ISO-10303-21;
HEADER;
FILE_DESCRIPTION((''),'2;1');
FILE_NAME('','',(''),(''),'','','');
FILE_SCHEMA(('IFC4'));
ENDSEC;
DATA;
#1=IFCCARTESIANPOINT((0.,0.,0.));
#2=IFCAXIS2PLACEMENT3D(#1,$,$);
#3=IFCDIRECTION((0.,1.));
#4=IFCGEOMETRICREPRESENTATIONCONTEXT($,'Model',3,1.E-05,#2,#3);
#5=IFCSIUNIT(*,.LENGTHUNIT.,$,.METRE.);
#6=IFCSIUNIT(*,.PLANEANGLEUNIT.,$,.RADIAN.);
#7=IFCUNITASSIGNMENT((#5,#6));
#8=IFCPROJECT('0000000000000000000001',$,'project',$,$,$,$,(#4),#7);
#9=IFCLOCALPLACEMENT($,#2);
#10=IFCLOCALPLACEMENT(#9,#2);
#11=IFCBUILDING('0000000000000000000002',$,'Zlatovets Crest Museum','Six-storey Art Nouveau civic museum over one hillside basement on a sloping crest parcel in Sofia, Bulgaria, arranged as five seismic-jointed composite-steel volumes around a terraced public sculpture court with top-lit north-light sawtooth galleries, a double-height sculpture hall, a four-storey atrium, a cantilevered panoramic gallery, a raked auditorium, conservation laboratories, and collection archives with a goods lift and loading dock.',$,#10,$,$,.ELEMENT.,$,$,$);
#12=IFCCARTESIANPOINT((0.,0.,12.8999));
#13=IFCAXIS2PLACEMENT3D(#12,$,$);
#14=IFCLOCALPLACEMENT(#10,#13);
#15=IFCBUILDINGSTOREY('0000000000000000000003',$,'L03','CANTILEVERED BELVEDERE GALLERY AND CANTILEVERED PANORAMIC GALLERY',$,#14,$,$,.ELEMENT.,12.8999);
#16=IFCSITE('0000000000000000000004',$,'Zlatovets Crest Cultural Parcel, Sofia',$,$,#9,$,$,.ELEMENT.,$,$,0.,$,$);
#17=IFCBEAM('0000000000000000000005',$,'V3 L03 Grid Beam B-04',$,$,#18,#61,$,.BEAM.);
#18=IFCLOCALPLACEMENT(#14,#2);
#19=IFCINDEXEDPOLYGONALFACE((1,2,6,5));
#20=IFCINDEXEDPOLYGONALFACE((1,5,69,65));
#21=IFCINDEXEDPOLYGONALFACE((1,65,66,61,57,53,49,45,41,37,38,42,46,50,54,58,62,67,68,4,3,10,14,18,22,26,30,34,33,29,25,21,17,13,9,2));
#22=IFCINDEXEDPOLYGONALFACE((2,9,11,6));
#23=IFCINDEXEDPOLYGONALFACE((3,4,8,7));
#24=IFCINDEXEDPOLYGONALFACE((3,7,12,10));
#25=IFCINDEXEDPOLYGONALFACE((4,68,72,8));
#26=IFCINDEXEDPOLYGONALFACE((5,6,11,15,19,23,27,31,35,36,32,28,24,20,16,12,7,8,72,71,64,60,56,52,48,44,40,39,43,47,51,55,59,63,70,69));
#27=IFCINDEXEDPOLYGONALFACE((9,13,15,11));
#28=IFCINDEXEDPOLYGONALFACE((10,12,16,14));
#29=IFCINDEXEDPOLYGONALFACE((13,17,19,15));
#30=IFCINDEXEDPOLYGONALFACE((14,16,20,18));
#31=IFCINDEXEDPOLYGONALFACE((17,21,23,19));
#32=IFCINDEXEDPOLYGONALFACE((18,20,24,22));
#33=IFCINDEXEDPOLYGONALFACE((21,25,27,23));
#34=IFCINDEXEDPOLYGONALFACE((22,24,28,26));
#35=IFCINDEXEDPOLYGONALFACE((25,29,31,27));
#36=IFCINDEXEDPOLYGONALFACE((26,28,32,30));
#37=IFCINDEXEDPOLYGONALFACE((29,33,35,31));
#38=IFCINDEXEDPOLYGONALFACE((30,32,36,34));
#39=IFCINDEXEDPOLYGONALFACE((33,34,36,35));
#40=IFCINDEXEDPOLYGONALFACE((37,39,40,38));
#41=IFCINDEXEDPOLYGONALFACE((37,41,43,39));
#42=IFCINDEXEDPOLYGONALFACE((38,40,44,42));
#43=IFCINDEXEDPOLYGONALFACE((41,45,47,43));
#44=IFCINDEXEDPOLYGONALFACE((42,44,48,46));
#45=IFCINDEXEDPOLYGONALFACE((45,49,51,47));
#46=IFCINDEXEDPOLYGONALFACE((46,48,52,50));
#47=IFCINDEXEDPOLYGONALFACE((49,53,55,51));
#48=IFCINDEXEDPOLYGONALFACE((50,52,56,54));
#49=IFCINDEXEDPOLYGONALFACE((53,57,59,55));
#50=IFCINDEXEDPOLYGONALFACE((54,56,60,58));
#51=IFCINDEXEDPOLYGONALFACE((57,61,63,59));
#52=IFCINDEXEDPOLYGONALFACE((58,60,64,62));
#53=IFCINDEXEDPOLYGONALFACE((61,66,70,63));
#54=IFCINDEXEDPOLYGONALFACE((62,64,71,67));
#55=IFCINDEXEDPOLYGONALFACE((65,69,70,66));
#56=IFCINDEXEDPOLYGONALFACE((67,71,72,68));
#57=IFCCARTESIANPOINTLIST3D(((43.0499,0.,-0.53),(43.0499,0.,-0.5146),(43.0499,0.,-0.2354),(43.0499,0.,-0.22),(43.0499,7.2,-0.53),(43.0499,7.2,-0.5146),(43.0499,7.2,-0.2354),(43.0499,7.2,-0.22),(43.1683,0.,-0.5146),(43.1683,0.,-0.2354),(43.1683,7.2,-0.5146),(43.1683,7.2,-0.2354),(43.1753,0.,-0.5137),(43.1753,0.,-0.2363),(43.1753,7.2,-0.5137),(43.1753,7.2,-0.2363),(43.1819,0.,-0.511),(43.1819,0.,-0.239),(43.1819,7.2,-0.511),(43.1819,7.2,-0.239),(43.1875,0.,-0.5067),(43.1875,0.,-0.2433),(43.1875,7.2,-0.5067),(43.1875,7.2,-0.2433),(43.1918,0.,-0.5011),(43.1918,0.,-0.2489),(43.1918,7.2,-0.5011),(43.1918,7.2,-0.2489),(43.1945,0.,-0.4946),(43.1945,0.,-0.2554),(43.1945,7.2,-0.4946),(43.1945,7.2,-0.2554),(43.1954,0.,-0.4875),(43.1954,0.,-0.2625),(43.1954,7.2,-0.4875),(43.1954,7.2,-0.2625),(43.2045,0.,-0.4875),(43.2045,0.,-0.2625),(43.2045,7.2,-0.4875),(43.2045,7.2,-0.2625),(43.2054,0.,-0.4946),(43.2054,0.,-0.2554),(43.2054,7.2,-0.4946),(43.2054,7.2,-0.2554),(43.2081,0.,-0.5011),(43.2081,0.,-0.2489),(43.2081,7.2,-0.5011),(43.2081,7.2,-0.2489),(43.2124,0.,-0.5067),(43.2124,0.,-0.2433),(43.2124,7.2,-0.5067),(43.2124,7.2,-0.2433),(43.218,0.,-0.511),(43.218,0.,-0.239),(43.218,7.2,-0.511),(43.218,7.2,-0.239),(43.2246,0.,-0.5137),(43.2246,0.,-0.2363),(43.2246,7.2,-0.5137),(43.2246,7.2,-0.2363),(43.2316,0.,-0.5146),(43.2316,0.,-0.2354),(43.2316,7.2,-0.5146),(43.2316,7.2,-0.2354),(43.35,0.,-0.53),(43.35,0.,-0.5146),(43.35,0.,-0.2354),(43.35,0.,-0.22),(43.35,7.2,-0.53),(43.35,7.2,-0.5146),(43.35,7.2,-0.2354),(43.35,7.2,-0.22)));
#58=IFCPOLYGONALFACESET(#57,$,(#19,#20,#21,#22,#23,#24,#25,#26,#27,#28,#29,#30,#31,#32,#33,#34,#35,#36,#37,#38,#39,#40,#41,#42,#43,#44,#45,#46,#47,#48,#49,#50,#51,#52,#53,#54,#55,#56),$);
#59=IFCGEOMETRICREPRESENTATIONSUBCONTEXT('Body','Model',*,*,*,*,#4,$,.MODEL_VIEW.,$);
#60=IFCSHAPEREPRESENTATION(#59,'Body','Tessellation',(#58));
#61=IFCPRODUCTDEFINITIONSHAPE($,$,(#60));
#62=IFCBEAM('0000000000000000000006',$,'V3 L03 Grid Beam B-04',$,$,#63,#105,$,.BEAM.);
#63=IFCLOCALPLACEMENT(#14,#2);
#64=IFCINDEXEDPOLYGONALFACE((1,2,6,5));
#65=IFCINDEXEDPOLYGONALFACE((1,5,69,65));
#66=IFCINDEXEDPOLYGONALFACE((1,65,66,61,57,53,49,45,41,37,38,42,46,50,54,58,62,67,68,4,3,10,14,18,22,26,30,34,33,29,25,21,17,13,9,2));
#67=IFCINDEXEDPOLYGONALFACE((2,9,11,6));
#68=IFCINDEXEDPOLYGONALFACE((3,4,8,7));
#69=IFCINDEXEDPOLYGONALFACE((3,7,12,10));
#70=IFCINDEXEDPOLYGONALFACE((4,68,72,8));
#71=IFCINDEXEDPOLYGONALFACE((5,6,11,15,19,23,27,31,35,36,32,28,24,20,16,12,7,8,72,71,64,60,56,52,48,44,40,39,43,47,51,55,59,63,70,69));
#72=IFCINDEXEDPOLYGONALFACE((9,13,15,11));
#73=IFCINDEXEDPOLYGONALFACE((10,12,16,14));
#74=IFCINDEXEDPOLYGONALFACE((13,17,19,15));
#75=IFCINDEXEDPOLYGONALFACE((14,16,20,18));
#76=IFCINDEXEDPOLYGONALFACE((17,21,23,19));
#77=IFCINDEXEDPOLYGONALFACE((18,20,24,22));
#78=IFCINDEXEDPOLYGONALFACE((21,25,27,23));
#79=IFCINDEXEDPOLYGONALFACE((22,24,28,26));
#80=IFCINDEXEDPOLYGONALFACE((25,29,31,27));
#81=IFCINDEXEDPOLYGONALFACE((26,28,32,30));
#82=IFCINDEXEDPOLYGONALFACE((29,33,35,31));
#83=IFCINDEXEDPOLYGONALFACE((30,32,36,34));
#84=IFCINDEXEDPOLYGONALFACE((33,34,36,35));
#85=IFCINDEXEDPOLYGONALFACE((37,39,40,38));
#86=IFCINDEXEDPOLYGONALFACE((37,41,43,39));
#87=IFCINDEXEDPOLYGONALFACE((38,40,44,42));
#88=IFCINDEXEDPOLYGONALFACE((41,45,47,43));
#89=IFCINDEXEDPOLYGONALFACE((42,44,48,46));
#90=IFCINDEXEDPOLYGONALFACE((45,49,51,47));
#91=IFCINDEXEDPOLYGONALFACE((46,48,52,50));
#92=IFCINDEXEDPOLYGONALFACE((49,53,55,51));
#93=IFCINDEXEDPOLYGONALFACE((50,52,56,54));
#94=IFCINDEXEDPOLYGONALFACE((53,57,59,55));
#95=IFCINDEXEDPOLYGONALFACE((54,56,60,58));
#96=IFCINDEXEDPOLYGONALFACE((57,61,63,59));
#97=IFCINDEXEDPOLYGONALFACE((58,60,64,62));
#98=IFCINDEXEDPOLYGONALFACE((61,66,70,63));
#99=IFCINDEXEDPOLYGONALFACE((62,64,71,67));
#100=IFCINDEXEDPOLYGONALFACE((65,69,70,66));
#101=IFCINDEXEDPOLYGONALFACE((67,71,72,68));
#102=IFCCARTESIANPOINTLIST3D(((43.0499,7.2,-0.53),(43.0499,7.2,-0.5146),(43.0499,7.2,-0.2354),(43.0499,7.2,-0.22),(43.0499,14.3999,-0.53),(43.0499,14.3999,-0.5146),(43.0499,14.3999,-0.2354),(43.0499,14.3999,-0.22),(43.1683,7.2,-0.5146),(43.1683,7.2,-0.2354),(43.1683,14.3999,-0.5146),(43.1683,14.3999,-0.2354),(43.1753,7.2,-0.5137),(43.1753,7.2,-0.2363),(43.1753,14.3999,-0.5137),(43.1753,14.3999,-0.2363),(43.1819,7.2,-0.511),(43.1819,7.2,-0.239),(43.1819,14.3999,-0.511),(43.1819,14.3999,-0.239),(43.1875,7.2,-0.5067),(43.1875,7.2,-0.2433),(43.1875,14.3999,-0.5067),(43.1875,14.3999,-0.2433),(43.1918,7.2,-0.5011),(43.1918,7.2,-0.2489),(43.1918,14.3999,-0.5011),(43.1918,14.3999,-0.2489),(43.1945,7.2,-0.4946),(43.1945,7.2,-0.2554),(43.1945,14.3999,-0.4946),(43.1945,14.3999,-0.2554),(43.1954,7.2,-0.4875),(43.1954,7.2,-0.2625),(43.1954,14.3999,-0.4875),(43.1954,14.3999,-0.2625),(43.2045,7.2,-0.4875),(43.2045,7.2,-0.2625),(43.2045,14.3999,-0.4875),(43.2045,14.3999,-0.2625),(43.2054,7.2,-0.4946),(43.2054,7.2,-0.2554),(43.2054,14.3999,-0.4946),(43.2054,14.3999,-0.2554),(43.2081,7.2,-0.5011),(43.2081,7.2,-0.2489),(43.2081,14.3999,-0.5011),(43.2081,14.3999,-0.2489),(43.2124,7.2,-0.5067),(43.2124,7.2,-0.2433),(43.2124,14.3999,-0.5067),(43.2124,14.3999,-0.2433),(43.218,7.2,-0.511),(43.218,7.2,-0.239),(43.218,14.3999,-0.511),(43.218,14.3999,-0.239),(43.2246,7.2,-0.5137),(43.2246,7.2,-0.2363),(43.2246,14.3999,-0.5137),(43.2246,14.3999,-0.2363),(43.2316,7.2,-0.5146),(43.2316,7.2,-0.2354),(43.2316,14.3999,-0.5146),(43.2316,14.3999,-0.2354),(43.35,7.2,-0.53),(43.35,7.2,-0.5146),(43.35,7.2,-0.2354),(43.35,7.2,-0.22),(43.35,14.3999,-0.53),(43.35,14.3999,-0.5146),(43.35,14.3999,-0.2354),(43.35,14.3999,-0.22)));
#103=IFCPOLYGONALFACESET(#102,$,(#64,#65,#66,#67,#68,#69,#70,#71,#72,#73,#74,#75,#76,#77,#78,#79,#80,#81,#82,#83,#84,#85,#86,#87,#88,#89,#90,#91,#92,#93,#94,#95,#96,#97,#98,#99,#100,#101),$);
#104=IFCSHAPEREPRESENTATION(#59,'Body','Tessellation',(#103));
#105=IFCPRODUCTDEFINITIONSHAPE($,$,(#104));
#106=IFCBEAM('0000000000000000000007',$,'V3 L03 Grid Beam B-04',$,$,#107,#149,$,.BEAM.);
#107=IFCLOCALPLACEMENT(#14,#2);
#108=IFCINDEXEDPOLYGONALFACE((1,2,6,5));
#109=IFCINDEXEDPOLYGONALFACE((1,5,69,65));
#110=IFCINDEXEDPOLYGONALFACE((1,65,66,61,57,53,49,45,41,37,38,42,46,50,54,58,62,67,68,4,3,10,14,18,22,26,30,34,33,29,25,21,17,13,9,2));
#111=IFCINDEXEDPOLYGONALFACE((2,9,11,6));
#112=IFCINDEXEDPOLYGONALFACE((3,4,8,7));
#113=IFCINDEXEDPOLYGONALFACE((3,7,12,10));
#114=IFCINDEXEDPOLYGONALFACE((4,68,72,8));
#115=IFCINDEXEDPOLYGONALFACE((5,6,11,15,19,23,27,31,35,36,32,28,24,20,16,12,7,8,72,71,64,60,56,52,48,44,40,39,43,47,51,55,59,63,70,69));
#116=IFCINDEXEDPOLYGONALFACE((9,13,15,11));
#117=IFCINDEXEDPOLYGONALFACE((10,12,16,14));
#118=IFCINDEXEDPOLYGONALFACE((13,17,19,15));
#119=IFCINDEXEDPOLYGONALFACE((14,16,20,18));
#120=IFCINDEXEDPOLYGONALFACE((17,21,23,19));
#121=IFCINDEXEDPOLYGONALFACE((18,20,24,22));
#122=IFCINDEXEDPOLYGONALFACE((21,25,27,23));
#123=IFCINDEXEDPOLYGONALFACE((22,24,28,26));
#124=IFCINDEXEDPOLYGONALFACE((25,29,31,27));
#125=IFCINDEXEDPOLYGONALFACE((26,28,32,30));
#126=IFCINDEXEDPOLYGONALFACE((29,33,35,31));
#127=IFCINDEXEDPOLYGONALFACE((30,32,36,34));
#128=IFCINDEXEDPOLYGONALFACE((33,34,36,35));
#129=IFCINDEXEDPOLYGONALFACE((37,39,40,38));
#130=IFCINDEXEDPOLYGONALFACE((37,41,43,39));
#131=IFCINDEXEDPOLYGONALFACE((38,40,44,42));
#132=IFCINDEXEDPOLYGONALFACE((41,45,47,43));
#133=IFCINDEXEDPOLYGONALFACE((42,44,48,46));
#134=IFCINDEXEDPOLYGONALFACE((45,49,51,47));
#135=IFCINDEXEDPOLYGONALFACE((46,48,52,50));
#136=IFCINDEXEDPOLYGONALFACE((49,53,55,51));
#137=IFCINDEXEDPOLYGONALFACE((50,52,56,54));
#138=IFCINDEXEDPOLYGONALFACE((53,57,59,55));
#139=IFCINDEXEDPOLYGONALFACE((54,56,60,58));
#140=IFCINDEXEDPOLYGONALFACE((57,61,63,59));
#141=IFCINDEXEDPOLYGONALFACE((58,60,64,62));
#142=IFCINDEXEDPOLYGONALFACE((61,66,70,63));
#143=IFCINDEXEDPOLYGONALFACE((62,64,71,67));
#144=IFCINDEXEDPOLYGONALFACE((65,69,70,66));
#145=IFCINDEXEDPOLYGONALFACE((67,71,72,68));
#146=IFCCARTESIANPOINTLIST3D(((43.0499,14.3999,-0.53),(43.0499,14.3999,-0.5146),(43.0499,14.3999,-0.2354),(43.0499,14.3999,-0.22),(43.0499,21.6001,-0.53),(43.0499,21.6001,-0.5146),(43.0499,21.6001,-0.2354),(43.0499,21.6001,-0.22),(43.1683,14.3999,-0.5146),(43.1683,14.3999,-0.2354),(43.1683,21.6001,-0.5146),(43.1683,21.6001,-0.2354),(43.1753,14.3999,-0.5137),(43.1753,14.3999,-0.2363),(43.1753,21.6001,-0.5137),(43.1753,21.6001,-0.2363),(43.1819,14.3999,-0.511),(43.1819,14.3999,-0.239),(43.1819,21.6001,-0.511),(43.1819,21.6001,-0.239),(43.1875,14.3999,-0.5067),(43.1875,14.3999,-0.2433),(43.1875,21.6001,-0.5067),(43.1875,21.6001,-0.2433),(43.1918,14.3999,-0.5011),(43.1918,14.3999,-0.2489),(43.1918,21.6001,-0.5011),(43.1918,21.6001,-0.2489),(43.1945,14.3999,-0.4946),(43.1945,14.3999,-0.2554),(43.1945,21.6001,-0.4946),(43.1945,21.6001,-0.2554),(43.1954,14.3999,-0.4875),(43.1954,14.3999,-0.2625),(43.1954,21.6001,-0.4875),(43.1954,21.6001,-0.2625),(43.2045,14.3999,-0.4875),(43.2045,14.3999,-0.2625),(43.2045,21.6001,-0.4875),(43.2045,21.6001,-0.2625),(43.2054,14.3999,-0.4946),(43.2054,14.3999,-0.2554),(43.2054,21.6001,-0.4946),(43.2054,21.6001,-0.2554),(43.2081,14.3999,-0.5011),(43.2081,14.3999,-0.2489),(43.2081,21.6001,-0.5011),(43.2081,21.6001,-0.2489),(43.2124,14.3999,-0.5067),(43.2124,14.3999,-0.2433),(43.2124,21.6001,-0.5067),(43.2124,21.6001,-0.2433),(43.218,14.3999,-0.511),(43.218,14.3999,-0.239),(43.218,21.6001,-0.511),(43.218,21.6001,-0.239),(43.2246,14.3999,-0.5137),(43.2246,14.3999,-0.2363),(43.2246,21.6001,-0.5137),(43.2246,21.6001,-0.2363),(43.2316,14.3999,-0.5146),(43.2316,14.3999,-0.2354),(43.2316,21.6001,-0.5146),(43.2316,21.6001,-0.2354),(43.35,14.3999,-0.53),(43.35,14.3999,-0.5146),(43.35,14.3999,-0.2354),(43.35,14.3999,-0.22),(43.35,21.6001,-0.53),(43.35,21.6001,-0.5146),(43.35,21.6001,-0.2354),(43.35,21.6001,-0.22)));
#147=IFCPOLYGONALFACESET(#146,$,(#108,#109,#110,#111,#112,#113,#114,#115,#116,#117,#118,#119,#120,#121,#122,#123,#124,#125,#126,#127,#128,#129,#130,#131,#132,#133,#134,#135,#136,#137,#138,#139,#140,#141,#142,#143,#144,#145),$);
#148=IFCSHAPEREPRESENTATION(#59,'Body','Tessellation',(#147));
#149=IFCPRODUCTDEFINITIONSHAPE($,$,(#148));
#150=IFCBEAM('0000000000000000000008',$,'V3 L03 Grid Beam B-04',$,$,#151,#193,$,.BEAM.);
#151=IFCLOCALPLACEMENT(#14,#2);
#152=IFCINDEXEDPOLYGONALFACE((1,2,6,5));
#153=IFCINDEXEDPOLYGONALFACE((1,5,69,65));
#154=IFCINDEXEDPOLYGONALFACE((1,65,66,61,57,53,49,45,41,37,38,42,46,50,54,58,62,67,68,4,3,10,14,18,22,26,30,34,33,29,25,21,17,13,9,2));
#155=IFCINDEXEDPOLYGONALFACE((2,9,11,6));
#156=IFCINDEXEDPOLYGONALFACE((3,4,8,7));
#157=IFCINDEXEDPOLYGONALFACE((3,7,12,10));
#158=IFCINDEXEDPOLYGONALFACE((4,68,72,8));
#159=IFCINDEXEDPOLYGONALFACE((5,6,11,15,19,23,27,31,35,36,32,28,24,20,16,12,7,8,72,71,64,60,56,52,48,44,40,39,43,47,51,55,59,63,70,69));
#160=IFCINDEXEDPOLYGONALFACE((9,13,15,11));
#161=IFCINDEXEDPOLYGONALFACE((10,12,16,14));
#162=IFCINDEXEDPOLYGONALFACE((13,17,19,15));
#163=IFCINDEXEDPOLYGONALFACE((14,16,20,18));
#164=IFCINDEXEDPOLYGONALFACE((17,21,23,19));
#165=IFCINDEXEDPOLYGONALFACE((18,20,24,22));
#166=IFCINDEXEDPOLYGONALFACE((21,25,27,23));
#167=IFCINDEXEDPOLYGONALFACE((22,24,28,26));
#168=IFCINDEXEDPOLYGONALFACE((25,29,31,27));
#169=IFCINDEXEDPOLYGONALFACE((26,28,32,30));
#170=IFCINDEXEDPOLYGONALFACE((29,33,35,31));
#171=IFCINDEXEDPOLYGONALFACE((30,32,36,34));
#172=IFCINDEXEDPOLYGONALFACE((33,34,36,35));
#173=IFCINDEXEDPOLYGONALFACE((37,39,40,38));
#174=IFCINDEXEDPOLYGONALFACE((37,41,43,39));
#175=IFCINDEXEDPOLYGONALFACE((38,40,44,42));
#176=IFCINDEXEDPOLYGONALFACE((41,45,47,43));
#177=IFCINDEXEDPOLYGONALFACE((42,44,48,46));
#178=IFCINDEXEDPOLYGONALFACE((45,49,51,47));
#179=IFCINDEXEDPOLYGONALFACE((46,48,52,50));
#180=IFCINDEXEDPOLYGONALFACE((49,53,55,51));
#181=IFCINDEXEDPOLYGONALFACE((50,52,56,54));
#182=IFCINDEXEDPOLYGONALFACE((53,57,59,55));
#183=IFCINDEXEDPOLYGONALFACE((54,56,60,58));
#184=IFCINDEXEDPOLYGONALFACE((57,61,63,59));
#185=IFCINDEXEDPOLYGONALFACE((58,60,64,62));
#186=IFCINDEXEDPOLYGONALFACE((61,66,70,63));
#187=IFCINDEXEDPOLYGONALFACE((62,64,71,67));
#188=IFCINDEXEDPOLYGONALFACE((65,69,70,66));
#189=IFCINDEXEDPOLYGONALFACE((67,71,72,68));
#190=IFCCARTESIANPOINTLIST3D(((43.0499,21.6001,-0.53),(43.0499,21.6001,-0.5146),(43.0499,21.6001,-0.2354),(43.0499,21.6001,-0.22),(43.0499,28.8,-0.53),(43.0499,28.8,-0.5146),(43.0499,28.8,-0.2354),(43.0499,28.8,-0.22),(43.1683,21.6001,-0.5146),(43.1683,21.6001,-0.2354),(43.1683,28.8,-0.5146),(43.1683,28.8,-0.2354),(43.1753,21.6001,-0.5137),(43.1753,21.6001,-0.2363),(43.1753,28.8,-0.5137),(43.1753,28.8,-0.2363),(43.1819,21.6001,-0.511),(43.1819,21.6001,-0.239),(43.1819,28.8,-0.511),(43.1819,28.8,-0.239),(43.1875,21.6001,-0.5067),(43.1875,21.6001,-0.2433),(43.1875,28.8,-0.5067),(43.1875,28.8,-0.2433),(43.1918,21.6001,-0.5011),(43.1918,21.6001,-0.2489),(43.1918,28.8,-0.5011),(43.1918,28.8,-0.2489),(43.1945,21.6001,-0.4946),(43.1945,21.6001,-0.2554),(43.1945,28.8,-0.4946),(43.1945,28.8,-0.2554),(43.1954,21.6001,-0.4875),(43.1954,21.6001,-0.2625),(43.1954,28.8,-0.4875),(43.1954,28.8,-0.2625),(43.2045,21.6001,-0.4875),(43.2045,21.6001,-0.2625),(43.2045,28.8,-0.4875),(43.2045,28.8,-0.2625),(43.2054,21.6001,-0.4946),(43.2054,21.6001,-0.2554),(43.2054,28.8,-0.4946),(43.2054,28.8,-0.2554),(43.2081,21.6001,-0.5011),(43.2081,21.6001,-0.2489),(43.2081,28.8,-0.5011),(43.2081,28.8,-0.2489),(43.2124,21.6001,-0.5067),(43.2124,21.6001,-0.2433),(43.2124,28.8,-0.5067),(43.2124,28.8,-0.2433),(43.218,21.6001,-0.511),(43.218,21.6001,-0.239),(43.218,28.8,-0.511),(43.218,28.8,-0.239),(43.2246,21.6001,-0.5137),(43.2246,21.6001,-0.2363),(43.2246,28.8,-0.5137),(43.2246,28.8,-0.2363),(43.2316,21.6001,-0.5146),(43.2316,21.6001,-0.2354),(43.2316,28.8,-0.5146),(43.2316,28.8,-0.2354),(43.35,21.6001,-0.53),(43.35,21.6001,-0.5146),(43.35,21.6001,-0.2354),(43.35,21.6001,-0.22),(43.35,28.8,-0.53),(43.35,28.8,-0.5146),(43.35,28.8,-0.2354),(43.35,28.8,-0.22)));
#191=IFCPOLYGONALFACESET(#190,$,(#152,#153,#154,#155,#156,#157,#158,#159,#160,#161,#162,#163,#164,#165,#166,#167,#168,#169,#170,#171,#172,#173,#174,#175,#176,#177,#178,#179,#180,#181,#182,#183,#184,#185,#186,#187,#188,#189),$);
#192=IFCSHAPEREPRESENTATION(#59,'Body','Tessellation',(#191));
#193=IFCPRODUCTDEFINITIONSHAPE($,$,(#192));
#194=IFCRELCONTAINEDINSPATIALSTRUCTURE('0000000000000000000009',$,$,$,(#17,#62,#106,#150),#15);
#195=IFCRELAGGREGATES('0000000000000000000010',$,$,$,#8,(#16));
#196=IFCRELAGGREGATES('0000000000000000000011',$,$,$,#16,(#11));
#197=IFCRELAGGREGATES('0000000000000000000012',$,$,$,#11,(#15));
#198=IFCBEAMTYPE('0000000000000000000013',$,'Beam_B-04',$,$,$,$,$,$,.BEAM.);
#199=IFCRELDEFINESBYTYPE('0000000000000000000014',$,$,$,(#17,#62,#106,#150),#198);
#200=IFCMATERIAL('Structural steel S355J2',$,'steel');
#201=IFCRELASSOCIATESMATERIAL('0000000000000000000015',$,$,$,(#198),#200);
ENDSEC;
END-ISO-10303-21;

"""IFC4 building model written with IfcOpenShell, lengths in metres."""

from ifc_helpers import new_model, si_unit, direction, frame, origin, origin_2d, place, context, subcontext, project, spatial, i_section, extrude, material, material_profile, profile_set, type_object, element, save


model = new_model("IFC4")

# Units and contexts
model_context = context("Model", 3, precision=1e-05, world=origin(), true_north=direction((0.0, 1.0)))
body_context = subcontext(model_context, "Body", "Model", "MODEL_VIEW")
ifc_project = project(units=[si_unit("LENGTHUNIT", "METRE"), si_unit("PLANEANGLEUNIT", "RADIAN")], contexts=[model_context])

# Site, building, storey
site_placement = place(None, origin())
site = spatial("IfcSite", under=ifc_project, at=site_placement, Name="Zlatovets Crest Cultural Parcel, Sofia", CompositionType="ELEMENT", RefElevation=0.0)
building_placement = place(site_placement, origin())
building = spatial("IfcBuilding", under=site, at=building_placement, Name="Zlatovets Crest Museum", Description="Six-storey Art Nouveau civic museum over one hillside basement on a sloping crest parcel in Sofia, Bulgaria, arranged as five seismic-jointed composite-steel volumes around a terraced public sculpture court with top-lit north-light sawtooth galleries, a double-height sculpture hall, a four-storey atrium, a cantilevered panoramic gallery, a raked auditorium, conservation laboratories, and collection archives with a goods lift and loading dock.", CompositionType="ELEMENT")
storey_placement = place(building_placement, frame((0.0, 0.0, 12.8999)))
storey = spatial("IfcBuildingStorey", under=building, at=storey_placement, Name="L03", Description="CANTILEVERED BELVEDERE GALLERY AND CANTILEVERED PANORAMIC GALLERY", CompositionType="ELEMENT", Elevation=12.8999)

# Beams
ifc_material_1 = material(Name="Structural steel S355J2", Category="steel")
ifc_material_profile_1 = material_profile(ifc_material_1, i_section(OverallWidth=0.3, OverallDepth=0.3101, WebThickness=0.009, FlangeThickness=0.0154, FilletRadius=0.0271, at=origin_2d()), Name="HEA 320")
ifc_profile_set_1 = profile_set([ifc_material_profile_1], Name="Structural steel S355J2")
beam_type_1 = type_object("IfcBeamType", Name="Beam_B-04", PredefinedType="BEAM", material=ifc_profile_set_1)
for number, where, z_axis, x_axis, name in (
    (1, (43.2, 0.0, -0.375), (0.0, 1.0, 0.0), (-1.0, 0.0, 0.0), "V3 L03 Grid Beam B-04"),
    (2, (43.2, 7.2, -0.375), (0.0, 1.0, 0.0), (-1.0, 0.0, 0.0), "V3 L03 Grid Beam B-04"),
):
    element("IfcBeam", number, at=place(storey_placement, frame(where, z_axis=z_axis, x_axis=x_axis)), inside=storey, type_object=beam_type_1, Name=name, PredefinedType="BEAM", context=body_context, shape_type="SweptSolid", body=[
        extrude(i_section(OverallWidth=0.3, OverallDepth=0.3101, WebThickness=0.009, FlangeThickness=0.0154, FilletRadius=0.0271, at=origin_2d()), origin(), (0.0, 0.0, 1.0), 7.2),
    ])
beam_1_placement = place(storey_placement, frame((43.2, 14.3999, -0.375), z_axis=(0.0, 1.0, 0.0), x_axis=(-1.0, 0.0, 0.0)))
element("IfcBeam", 3, at=beam_1_placement, inside=storey, type_object=beam_type_1, Name="V3 L03 Grid Beam B-04", PredefinedType="BEAM", context=body_context, shape_type="SweptSolid", body=[
    extrude(i_section(OverallWidth=0.3, OverallDepth=0.3101, WebThickness=0.009, FlangeThickness=0.0154, FilletRadius=0.0271, at=origin_2d()), origin(), (0.0, 0.0, 1.0), 7.2002),
])
beam_2_placement = place(storey_placement, frame((43.2, 21.6001, -0.375), z_axis=(0.0, 1.0, 0.0), x_axis=(-1.0, 0.0, 0.0)))
element("IfcBeam", 4, at=beam_2_placement, inside=storey, type_object=beam_type_1, Name="V3 L03 Grid Beam B-04", PredefinedType="BEAM", context=body_context, shape_type="SweptSolid", body=[
    extrude(i_section(OverallWidth=0.3, OverallDepth=0.3101, WebThickness=0.009, FlangeThickness=0.0154, FilletRadius=0.0271, at=origin_2d()), origin(), (0.0, 0.0, 1.0), 7.2),
])

save(model, "model.ifc")
